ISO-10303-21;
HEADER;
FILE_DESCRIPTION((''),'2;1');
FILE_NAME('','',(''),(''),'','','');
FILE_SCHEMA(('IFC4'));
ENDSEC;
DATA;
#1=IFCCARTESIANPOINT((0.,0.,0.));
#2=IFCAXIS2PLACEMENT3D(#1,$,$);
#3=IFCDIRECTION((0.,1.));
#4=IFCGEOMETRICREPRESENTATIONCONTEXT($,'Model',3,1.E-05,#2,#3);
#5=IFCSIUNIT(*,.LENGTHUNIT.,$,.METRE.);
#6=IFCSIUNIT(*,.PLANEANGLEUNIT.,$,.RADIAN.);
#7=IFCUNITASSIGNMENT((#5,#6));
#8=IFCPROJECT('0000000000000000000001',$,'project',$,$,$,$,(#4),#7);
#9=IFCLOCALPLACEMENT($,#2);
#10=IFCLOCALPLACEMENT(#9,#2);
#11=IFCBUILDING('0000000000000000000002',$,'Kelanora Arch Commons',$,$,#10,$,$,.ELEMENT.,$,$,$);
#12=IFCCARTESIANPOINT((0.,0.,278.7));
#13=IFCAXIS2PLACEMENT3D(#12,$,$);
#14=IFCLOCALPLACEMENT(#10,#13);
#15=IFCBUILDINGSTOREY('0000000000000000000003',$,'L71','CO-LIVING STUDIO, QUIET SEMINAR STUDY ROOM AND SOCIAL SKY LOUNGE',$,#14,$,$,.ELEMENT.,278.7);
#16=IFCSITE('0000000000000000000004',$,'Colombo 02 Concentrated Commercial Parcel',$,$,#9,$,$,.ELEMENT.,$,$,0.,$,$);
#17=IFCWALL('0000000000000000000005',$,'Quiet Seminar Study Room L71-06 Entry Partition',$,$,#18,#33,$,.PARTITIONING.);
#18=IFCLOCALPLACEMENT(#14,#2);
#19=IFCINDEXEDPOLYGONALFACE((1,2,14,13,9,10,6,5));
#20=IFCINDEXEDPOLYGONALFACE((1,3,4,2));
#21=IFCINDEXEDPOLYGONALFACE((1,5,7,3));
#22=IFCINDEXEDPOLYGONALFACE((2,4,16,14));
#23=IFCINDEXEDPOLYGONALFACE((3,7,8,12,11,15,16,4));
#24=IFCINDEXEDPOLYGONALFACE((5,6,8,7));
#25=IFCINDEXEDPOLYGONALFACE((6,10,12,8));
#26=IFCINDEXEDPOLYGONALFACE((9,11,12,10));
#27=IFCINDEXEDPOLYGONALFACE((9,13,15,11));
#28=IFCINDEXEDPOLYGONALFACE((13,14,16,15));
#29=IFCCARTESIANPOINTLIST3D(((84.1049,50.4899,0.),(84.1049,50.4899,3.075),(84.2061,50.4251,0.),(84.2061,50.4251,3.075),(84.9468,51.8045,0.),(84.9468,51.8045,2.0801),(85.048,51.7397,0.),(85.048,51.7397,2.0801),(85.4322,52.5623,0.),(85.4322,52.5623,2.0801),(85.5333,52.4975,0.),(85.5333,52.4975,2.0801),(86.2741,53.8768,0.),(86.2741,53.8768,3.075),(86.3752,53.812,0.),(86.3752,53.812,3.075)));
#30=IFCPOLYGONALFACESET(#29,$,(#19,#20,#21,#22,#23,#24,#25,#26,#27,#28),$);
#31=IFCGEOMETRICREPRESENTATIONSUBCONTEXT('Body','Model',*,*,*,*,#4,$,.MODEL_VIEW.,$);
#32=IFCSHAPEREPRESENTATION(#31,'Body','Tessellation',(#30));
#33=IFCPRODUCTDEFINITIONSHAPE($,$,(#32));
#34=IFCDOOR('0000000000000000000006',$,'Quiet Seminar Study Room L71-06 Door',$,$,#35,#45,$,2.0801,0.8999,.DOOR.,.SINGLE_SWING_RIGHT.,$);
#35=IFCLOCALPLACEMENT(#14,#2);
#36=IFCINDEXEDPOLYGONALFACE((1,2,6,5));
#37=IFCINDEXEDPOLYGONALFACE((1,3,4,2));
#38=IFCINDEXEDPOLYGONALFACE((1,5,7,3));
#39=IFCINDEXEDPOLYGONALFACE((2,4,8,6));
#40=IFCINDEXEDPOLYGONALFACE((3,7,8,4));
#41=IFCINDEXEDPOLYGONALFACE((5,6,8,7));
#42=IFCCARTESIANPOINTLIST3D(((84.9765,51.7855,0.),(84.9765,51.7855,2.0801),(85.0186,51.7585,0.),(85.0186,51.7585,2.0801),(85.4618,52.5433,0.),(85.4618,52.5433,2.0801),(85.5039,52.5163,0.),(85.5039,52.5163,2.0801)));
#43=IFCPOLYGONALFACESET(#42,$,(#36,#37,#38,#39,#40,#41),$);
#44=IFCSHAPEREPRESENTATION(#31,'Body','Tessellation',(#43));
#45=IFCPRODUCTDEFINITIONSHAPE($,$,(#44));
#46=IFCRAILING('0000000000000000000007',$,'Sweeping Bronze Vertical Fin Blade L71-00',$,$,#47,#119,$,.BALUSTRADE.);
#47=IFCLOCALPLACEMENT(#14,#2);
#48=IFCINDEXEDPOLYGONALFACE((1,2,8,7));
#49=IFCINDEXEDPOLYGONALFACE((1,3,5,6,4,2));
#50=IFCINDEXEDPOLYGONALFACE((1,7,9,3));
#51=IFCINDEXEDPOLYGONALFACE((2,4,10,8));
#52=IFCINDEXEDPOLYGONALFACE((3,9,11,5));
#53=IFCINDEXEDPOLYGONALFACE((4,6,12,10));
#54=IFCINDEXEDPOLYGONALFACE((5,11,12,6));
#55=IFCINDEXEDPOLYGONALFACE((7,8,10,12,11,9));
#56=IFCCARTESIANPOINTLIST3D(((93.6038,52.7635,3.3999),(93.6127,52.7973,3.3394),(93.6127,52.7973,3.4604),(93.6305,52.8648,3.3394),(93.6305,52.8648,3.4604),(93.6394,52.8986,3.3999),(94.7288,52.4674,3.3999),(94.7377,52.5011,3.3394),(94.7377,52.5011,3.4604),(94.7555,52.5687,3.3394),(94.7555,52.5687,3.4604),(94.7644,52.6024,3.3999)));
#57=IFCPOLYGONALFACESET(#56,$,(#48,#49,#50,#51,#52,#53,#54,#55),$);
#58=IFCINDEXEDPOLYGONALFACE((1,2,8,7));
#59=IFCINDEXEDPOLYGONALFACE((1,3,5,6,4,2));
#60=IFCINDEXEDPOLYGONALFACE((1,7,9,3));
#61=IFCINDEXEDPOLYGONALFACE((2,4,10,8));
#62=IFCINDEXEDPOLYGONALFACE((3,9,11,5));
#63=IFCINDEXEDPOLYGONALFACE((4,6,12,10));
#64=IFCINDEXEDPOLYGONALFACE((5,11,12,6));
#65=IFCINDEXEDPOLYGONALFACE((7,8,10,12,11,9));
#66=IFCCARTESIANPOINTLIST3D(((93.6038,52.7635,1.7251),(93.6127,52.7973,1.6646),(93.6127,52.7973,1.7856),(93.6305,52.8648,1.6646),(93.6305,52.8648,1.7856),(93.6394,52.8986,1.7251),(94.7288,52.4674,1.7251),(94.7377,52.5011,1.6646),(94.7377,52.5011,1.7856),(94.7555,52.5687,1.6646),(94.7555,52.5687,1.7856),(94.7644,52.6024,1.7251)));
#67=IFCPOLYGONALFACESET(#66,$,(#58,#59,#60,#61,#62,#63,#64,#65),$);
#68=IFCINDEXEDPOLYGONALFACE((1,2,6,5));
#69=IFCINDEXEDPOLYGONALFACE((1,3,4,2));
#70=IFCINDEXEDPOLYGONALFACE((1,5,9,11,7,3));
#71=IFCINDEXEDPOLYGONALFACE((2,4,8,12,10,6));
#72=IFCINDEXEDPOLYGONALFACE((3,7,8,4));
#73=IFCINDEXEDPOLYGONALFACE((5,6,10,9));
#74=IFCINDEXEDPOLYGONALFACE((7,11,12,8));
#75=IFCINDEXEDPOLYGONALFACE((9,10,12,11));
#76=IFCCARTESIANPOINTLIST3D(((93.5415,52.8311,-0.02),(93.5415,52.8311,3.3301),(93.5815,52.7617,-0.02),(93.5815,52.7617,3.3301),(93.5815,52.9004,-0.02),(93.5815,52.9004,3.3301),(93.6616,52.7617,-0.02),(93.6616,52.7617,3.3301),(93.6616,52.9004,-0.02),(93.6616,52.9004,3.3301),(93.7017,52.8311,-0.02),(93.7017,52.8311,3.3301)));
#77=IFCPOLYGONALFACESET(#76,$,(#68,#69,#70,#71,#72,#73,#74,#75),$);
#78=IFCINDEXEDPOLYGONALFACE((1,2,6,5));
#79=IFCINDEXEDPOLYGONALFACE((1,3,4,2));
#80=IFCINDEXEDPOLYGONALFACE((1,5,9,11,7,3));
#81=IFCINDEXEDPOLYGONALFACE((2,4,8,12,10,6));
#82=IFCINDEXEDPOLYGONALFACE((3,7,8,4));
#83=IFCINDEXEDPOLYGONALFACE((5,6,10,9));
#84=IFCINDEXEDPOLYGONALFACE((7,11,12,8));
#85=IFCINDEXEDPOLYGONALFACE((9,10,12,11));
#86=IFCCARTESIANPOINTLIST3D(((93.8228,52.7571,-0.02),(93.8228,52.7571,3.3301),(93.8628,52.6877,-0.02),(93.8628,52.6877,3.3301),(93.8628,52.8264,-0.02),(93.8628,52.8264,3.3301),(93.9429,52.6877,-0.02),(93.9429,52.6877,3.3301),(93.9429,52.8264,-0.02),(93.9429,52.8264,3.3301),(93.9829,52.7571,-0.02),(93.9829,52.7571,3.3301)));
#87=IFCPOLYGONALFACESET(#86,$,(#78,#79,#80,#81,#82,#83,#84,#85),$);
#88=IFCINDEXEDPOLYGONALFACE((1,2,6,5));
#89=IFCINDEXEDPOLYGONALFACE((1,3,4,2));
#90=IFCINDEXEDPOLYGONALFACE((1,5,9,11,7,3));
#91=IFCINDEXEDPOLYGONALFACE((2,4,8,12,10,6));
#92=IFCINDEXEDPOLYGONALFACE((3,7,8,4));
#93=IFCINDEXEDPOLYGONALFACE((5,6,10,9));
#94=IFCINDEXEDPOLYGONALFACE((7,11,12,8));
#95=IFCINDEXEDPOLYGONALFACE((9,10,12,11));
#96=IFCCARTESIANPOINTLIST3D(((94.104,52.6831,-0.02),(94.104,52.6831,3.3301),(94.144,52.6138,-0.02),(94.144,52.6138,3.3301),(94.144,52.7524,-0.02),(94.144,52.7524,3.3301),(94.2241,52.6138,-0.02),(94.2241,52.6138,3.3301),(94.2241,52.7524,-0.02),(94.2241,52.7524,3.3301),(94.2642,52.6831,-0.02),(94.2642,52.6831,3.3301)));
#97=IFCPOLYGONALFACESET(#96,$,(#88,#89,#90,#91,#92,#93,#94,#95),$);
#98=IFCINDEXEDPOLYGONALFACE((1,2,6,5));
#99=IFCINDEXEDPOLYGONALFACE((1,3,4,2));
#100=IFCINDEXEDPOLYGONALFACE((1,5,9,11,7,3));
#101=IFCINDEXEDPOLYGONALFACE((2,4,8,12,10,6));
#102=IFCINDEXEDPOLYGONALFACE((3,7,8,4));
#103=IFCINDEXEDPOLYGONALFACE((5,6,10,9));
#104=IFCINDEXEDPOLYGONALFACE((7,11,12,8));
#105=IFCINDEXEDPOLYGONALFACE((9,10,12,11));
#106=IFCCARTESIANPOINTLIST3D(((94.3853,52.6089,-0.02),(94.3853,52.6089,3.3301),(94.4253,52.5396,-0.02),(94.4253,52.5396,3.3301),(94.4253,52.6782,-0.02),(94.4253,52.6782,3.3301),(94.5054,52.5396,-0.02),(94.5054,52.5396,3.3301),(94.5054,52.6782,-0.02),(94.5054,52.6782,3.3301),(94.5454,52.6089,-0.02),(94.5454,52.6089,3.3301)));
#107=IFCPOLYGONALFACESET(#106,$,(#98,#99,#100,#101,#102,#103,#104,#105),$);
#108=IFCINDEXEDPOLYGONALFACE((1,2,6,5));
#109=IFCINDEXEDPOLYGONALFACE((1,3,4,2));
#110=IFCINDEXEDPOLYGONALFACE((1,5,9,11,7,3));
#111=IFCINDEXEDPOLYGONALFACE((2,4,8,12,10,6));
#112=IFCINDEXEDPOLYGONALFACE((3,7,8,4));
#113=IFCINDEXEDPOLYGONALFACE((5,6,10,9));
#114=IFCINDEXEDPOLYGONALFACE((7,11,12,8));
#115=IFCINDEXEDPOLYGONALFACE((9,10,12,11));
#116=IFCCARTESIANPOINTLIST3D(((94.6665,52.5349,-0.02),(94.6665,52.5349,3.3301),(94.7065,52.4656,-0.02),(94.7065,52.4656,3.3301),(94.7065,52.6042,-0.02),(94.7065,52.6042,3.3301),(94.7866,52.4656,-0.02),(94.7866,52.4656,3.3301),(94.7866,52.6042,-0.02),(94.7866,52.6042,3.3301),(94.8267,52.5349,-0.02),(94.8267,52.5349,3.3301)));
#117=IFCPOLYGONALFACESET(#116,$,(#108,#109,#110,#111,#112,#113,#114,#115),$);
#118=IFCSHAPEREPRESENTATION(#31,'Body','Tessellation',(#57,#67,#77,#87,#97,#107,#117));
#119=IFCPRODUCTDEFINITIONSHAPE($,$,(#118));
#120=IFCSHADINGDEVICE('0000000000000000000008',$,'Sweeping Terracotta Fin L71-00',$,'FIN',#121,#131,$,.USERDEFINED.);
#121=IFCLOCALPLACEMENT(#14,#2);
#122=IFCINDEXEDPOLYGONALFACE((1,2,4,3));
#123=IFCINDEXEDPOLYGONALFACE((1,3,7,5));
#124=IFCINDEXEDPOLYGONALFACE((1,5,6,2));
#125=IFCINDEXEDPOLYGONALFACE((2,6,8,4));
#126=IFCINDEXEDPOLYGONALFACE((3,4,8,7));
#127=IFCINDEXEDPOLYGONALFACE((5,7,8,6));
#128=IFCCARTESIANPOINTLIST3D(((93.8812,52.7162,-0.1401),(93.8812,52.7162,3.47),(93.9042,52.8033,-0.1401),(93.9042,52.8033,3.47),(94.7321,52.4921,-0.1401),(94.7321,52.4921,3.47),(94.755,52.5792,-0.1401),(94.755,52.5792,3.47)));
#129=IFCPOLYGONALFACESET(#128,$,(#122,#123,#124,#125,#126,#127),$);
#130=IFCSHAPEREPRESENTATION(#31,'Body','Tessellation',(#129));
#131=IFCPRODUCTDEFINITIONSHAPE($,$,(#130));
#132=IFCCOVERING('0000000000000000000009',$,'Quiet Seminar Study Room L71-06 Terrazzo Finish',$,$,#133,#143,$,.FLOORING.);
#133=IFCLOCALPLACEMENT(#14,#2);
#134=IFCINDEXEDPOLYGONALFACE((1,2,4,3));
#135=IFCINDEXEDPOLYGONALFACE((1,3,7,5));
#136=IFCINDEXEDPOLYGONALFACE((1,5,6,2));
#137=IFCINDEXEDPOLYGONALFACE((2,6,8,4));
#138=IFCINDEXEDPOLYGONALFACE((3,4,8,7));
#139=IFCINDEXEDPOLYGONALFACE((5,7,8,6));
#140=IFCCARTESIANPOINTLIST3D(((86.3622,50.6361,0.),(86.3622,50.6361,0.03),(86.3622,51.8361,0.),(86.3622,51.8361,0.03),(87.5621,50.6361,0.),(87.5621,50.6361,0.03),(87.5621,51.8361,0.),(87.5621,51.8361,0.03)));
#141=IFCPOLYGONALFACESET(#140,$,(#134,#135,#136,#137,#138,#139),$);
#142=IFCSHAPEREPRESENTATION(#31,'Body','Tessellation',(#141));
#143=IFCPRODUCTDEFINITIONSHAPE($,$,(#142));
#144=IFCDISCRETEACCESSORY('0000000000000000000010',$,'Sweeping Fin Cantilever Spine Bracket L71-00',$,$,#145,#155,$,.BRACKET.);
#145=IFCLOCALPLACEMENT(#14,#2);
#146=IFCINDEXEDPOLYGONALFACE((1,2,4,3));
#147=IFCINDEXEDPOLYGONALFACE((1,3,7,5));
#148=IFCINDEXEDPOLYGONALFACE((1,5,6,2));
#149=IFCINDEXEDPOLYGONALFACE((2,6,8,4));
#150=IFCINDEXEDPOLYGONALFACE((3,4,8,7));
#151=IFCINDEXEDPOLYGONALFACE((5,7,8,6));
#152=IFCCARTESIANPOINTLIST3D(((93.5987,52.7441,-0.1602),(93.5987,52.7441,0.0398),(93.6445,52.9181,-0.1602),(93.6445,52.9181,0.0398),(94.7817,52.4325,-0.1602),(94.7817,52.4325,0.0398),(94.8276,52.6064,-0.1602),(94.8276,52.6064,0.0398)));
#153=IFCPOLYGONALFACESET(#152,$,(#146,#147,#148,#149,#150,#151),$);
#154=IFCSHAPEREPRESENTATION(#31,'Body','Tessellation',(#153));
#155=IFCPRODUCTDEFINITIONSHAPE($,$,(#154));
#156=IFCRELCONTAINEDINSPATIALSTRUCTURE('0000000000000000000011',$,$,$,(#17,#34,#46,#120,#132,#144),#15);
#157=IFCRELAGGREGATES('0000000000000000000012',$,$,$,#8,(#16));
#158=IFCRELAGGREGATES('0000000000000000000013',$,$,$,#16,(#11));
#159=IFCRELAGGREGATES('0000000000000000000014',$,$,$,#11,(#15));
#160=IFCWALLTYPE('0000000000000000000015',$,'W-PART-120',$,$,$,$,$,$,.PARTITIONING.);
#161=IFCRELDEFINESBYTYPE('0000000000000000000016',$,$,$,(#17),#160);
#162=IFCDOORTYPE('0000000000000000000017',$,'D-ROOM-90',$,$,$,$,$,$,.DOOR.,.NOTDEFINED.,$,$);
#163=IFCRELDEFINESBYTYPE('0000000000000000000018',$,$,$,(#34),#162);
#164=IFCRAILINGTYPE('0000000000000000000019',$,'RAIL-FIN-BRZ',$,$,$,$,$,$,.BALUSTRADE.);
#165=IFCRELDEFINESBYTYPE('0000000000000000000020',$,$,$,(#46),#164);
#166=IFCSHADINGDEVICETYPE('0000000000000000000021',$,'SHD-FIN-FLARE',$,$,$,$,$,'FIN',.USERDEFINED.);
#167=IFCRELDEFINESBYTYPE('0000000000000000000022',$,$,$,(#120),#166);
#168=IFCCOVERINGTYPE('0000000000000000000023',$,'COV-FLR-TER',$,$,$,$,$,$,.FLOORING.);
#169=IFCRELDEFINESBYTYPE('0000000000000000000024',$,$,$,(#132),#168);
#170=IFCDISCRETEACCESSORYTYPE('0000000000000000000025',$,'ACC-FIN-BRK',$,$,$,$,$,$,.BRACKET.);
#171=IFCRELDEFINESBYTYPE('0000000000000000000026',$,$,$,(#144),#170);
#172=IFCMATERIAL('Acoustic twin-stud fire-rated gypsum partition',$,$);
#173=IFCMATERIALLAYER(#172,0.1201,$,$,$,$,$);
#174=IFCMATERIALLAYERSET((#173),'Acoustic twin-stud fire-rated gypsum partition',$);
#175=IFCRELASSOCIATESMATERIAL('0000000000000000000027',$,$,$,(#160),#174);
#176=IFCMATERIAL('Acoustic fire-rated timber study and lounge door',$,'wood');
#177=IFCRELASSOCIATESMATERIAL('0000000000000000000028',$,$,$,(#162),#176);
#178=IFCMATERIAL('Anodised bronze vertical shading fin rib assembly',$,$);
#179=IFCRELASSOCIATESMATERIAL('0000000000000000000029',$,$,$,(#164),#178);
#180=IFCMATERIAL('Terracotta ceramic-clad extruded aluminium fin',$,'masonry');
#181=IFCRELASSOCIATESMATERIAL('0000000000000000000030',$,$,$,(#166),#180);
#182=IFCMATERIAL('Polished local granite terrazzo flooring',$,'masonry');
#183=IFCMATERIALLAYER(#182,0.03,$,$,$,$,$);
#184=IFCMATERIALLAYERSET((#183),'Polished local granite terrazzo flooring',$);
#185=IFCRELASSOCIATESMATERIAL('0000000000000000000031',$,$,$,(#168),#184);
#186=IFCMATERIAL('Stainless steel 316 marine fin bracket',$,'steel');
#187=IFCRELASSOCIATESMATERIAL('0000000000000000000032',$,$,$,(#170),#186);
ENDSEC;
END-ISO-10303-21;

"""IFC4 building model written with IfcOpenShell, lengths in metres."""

from ifc_helpers import new_model, si_unit, direction, frame, frame_2d, origin, origin_2d, place, context, subcontext, project, spatial, polyline, rectangle, outline, extrude, source, transform, mapped, material, layer, layer_set, type_object, element, fill, save


model = new_model("IFC4")

# Units and contexts
model_context = context("Model", 3, precision=1e-05, world=origin(), true_north=direction((0.0, 1.0)))
body_context = subcontext(model_context, "Body", "Model", "MODEL_VIEW")
ifc_project = project(units=[si_unit("LENGTHUNIT", "METRE"), si_unit("PLANEANGLEUNIT", "RADIAN")], contexts=[model_context])

# Site, building, storey
site_placement = place(None, origin())
site = spatial("IfcSite", under=ifc_project, at=site_placement, Name="Colombo 02 Concentrated Commercial Parcel", CompositionType="ELEMENT", RefElevation=0.0)
building_placement = place(site_placement, origin())
building = spatial("IfcBuilding", under=site, at=building_placement, Name="Kelanora Arch Commons", CompositionType="ELEMENT")
storey_placement = place(building_placement, frame((0.0, 0.0, 278.7)))
storey = spatial("IfcBuildingStorey", under=building, at=storey_placement, Name="L71", Description="CO-LIVING STUDIO, QUIET SEMINAR STUDY ROOM AND SOCIAL SKY LOUNGE", CompositionType="ELEMENT", Elevation=278.7)

# Wall, opening, door
ifc_material_1 = material(Name="Acoustic twin-stud fire-rated gypsum partition")
ifc_layer_1 = layer(ifc_material_1, 0.1201)
ifc_layer_set_1 = layer_set([ifc_layer_1], Name="Acoustic twin-stud fire-rated gypsum partition")
wall_type_1 = type_object("IfcWallType", Name="W-PART-120", PredefinedType="PARTITIONING", material=ifc_layer_set_1)
wall_1_placement = place(storey_placement, frame((84.1555, 50.4575, 0.0), z_axis=(0.0, 0.0, 1.0), x_axis=(0.539324, 0.842098, 0.0)))
wall_1 = element("IfcWall", 1, at=wall_1_placement, inside=storey, type_object=wall_type_1, Name="Quiet Seminar Study Room L71-06 Entry Partition", PredefinedType="PARTITIONING", context=body_context, shape_type="SweptSolid", body=[
    extrude(rectangle(XDim=4.022, YDim=0.1201, at=frame_2d((2.011, 0.0))), origin(), (0.0, 0.0, 1.0), 3.075),
])
opening_1_placement = place(wall_1_placement, frame((1.561, 0.0, 0.0)))
opening_1 = element("IfcOpeningElement", 2, at=opening_1_placement, cuts=wall_1, PredefinedType="OPENING", context=body_context, shape_type="SweptSolid", body=[
    extrude(rectangle(XDim=0.8999, YDim=2.0801, at=frame_2d((0.45, 1.04))), frame((0.0, 0.0701, 0.0), z_axis=(0.0, -1.0, 0.0), x_axis=(1.0, 0.0, 0.0)), (0.0, 0.0, 1.0), 0.1401),
])
ifc_material_2 = material(Name="Acoustic fire-rated timber study and lounge door", Category="wood")
door_type = type_object("IfcDoorType", Name="D-ROOM-90", OperationType="NOTDEFINED", PredefinedType="DOOR", material=ifc_material_2)
door_placement = place(opening_1_placement, origin())
door = element("IfcDoor", 3, at=door_placement, inside=storey, type_object=door_type, Name="Quiet Seminar Study Room L71-06 Door", OperationType="SINGLE_SWING_RIGHT", OverallHeight=2.0801, OverallWidth=0.8999, PredefinedType="DOOR", context=body_context, shape_type="SweptSolid", body=[
    extrude(rectangle(XDim=0.8999, YDim=2.0801, at=frame_2d((0.45, 1.04))), frame((0.0, 0.0249, 0.0), z_axis=(0.0, -1.0, 0.0), x_axis=(1.0, 0.0, 0.0)), (0.0, 0.0, 1.0), 0.05),
])
fill(opening_1, door)

# Railing
ifc_material_3 = material(Name="Anodised bronze vertical shading fin rib assembly")
railing_type_1 = type_object("IfcRailingType", Name="RAIL-FIN-BRZ", PredefinedType="BALUSTRADE", material=ifc_material_3)
railing_1_placement = place(storey_placement, frame((93.6216, 52.8311, -0.02)))
element("IfcRailing", 4, at=railing_1_placement, inside=storey, type_object=railing_type_1, Name="Sweeping Bronze Vertical Fin Blade L71-00", PredefinedType="BALUSTRADE", context=body_context, shape_type="SweptSolid", body=[
    extrude(outline(polyline([(0.0698, 0.0), (0.0349, 0.0605), (-0.0349, 0.0605), (-0.0698, 0.0), (-0.0349, -0.0605), (0.0349, -0.0605), (0.0698, 0.0)])), frame((0.0, 0.0, 3.4199), z_axis=(0.967056, -0.254566, 0.0), x_axis=(0.254566, 0.967056, 0.0)), (0.0, 0.0, 1.0), 1.1633),
    extrude(outline(polyline([(0.0698, 0.0), (0.0349, 0.0605), (-0.0349, 0.0605), (-0.0698, 0.0), (-0.0349, -0.0605), (0.0349, -0.0605), (0.0698, 0.0)])), frame((0.0, 0.0, 1.7451), z_axis=(0.967056, -0.254566, 0.0), x_axis=(0.254566, 0.967056, 0.0)), (0.0, 0.0, 1.0), 1.1633),
    extrude(outline(polyline([(0.0801, 0.0), (0.04, 0.0693), (-0.04, 0.0693), (-0.0801, 0.0), (-0.04, -0.0693), (0.04, -0.0693), (0.0801, 0.0)])), origin(), (0.0, 0.0, 1.0), 3.3501),
    extrude(outline(polyline([(0.0801, 0.0), (0.04, 0.0693), (-0.04, 0.0693), (-0.0801, 0.0), (-0.04, -0.0693), (0.04, -0.0693), (0.0801, 0.0)])), frame((0.2812, -0.074, 0.0)), (0.0, 0.0, 1.0), 3.3501),
    extrude(outline(polyline([(0.0801, 0.0), (0.04, 0.0693), (-0.04, 0.0693), (-0.0801, 0.0), (-0.04, -0.0693), (0.04, -0.0693), (0.0801, 0.0)])), frame((0.5625, -0.1479, 0.0)), (0.0, 0.0, 1.0), 3.3501),
    extrude(outline(polyline([(0.0801, 0.0), (0.04, 0.0693), (-0.04, 0.0693), (-0.0801, 0.0), (-0.04, -0.0693), (0.04, -0.0693), (0.0801, 0.0)])), frame((0.8438, -0.2222, 0.0)), (0.0, 0.0, 1.0), 3.3501),
    extrude(outline(polyline([(0.0801, 0.0), (0.04, 0.0693), (-0.04, 0.0693), (-0.0801, 0.0), (-0.04, -0.0693), (0.04, -0.0693), (0.0801, 0.0)])), frame((1.125, -0.2961, 0.0)), (0.0, 0.0, 1.0), 3.3501),
])

# Shading device
ifc_material_4 = material(Name="Terracotta ceramic-clad extruded aluminium fin", Category="masonry")
shading_device_type = type_object("IfcShadingDeviceType", Name="SHD-FIN-FLARE", ElementType="FIN", PredefinedType="USERDEFINED", material=ifc_material_4)
shared_shape_1 = source(origin(), body_context, "Body", "SweptSolid", [
    extrude(rectangle(XDim=0.8799, YDim=0.0901, at=origin_2d()), origin(), (0.0, 0.0, 1.0), 3.6101),
])
shading_device_placement = place(storey_placement, frame((94.3181, 52.6477, -0.1401), z_axis=(0.0, 0.0, 1.0), x_axis=(0.967001, -0.254771, 0.0)))
element("IfcShadingDevice", 5, at=shading_device_placement, inside=storey, type_object=shading_device_type, Name="Sweeping Terracotta Fin L71-00", ObjectType="FIN", PredefinedType="USERDEFINED", context=body_context, shape_type="MappedRepresentation", body=[
    mapped(shared_shape_1, transform((0.0, 0.0, 0.0), scale=1.0)),
])

# Covering
ifc_material_5 = material(Name="Polished local granite terrazzo flooring", Category="masonry")
ifc_layer_2 = layer(ifc_material_5, 0.03)
ifc_layer_set_2 = layer_set([ifc_layer_2], Name="Polished local granite terrazzo flooring")
covering_type = type_object("IfcCoveringType", Name="COV-FLR-TER", PredefinedType="FLOORING", material=ifc_layer_set_2)
shared_shape_2 = source(origin(), body_context, "Body", "SweptSolid", [
    extrude(rectangle(XDim=1.2, YDim=1.2, at=origin_2d()), origin(), (0.0, 0.0, 1.0), 0.03),
])
covering_placement = place(storey_placement, frame((86.9622, 51.2361, 0.0), z_axis=(0.0, 0.0, 1.0), x_axis=(1.0, 0.0, 0.0)))
element("IfcCovering", 6, at=covering_placement, inside=storey, type_object=covering_type, Name="Quiet Seminar Study Room L71-06 Terrazzo Finish", PredefinedType="FLOORING", context=body_context, shape_type="MappedRepresentation", body=[
    mapped(shared_shape_2, transform((0.0, 0.0, 0.0), scale=1.0)),
])

# Discrete accessory
ifc_material_6 = material(Name="Stainless steel 316 marine fin bracket", Category="steel")
discrete_accessory_type = type_object("IfcDiscreteAccessoryType", Name="ACC-FIN-BRK", PredefinedType="BRACKET", material=ifc_material_6)
shared_shape_3 = source(origin(), body_context, "Body", "SweptSolid", [
    extrude(rectangle(XDim=1.2234, YDim=0.1799, at=origin_2d()), origin(), (0.0, 0.0, 1.0), 0.2),
])
discrete_accessory_placement = place(storey_placement, frame((94.2131, 52.6753, -0.1602), z_axis=(0.0, 0.0, 1.0), x_axis=(0.967001, -0.254771, 0.0)))
element("IfcDiscreteAccessory", 7, at=discrete_accessory_placement, inside=storey, type_object=discrete_accessory_type, Name="Sweeping Fin Cantilever Spine Bracket L71-00", PredefinedType="BRACKET", context=body_context, shape_type="MappedRepresentation", body=[
    mapped(shared_shape_3, transform((0.0, 0.0, 0.0), scale=1.0)),
])

save(model, "model.ifc")
